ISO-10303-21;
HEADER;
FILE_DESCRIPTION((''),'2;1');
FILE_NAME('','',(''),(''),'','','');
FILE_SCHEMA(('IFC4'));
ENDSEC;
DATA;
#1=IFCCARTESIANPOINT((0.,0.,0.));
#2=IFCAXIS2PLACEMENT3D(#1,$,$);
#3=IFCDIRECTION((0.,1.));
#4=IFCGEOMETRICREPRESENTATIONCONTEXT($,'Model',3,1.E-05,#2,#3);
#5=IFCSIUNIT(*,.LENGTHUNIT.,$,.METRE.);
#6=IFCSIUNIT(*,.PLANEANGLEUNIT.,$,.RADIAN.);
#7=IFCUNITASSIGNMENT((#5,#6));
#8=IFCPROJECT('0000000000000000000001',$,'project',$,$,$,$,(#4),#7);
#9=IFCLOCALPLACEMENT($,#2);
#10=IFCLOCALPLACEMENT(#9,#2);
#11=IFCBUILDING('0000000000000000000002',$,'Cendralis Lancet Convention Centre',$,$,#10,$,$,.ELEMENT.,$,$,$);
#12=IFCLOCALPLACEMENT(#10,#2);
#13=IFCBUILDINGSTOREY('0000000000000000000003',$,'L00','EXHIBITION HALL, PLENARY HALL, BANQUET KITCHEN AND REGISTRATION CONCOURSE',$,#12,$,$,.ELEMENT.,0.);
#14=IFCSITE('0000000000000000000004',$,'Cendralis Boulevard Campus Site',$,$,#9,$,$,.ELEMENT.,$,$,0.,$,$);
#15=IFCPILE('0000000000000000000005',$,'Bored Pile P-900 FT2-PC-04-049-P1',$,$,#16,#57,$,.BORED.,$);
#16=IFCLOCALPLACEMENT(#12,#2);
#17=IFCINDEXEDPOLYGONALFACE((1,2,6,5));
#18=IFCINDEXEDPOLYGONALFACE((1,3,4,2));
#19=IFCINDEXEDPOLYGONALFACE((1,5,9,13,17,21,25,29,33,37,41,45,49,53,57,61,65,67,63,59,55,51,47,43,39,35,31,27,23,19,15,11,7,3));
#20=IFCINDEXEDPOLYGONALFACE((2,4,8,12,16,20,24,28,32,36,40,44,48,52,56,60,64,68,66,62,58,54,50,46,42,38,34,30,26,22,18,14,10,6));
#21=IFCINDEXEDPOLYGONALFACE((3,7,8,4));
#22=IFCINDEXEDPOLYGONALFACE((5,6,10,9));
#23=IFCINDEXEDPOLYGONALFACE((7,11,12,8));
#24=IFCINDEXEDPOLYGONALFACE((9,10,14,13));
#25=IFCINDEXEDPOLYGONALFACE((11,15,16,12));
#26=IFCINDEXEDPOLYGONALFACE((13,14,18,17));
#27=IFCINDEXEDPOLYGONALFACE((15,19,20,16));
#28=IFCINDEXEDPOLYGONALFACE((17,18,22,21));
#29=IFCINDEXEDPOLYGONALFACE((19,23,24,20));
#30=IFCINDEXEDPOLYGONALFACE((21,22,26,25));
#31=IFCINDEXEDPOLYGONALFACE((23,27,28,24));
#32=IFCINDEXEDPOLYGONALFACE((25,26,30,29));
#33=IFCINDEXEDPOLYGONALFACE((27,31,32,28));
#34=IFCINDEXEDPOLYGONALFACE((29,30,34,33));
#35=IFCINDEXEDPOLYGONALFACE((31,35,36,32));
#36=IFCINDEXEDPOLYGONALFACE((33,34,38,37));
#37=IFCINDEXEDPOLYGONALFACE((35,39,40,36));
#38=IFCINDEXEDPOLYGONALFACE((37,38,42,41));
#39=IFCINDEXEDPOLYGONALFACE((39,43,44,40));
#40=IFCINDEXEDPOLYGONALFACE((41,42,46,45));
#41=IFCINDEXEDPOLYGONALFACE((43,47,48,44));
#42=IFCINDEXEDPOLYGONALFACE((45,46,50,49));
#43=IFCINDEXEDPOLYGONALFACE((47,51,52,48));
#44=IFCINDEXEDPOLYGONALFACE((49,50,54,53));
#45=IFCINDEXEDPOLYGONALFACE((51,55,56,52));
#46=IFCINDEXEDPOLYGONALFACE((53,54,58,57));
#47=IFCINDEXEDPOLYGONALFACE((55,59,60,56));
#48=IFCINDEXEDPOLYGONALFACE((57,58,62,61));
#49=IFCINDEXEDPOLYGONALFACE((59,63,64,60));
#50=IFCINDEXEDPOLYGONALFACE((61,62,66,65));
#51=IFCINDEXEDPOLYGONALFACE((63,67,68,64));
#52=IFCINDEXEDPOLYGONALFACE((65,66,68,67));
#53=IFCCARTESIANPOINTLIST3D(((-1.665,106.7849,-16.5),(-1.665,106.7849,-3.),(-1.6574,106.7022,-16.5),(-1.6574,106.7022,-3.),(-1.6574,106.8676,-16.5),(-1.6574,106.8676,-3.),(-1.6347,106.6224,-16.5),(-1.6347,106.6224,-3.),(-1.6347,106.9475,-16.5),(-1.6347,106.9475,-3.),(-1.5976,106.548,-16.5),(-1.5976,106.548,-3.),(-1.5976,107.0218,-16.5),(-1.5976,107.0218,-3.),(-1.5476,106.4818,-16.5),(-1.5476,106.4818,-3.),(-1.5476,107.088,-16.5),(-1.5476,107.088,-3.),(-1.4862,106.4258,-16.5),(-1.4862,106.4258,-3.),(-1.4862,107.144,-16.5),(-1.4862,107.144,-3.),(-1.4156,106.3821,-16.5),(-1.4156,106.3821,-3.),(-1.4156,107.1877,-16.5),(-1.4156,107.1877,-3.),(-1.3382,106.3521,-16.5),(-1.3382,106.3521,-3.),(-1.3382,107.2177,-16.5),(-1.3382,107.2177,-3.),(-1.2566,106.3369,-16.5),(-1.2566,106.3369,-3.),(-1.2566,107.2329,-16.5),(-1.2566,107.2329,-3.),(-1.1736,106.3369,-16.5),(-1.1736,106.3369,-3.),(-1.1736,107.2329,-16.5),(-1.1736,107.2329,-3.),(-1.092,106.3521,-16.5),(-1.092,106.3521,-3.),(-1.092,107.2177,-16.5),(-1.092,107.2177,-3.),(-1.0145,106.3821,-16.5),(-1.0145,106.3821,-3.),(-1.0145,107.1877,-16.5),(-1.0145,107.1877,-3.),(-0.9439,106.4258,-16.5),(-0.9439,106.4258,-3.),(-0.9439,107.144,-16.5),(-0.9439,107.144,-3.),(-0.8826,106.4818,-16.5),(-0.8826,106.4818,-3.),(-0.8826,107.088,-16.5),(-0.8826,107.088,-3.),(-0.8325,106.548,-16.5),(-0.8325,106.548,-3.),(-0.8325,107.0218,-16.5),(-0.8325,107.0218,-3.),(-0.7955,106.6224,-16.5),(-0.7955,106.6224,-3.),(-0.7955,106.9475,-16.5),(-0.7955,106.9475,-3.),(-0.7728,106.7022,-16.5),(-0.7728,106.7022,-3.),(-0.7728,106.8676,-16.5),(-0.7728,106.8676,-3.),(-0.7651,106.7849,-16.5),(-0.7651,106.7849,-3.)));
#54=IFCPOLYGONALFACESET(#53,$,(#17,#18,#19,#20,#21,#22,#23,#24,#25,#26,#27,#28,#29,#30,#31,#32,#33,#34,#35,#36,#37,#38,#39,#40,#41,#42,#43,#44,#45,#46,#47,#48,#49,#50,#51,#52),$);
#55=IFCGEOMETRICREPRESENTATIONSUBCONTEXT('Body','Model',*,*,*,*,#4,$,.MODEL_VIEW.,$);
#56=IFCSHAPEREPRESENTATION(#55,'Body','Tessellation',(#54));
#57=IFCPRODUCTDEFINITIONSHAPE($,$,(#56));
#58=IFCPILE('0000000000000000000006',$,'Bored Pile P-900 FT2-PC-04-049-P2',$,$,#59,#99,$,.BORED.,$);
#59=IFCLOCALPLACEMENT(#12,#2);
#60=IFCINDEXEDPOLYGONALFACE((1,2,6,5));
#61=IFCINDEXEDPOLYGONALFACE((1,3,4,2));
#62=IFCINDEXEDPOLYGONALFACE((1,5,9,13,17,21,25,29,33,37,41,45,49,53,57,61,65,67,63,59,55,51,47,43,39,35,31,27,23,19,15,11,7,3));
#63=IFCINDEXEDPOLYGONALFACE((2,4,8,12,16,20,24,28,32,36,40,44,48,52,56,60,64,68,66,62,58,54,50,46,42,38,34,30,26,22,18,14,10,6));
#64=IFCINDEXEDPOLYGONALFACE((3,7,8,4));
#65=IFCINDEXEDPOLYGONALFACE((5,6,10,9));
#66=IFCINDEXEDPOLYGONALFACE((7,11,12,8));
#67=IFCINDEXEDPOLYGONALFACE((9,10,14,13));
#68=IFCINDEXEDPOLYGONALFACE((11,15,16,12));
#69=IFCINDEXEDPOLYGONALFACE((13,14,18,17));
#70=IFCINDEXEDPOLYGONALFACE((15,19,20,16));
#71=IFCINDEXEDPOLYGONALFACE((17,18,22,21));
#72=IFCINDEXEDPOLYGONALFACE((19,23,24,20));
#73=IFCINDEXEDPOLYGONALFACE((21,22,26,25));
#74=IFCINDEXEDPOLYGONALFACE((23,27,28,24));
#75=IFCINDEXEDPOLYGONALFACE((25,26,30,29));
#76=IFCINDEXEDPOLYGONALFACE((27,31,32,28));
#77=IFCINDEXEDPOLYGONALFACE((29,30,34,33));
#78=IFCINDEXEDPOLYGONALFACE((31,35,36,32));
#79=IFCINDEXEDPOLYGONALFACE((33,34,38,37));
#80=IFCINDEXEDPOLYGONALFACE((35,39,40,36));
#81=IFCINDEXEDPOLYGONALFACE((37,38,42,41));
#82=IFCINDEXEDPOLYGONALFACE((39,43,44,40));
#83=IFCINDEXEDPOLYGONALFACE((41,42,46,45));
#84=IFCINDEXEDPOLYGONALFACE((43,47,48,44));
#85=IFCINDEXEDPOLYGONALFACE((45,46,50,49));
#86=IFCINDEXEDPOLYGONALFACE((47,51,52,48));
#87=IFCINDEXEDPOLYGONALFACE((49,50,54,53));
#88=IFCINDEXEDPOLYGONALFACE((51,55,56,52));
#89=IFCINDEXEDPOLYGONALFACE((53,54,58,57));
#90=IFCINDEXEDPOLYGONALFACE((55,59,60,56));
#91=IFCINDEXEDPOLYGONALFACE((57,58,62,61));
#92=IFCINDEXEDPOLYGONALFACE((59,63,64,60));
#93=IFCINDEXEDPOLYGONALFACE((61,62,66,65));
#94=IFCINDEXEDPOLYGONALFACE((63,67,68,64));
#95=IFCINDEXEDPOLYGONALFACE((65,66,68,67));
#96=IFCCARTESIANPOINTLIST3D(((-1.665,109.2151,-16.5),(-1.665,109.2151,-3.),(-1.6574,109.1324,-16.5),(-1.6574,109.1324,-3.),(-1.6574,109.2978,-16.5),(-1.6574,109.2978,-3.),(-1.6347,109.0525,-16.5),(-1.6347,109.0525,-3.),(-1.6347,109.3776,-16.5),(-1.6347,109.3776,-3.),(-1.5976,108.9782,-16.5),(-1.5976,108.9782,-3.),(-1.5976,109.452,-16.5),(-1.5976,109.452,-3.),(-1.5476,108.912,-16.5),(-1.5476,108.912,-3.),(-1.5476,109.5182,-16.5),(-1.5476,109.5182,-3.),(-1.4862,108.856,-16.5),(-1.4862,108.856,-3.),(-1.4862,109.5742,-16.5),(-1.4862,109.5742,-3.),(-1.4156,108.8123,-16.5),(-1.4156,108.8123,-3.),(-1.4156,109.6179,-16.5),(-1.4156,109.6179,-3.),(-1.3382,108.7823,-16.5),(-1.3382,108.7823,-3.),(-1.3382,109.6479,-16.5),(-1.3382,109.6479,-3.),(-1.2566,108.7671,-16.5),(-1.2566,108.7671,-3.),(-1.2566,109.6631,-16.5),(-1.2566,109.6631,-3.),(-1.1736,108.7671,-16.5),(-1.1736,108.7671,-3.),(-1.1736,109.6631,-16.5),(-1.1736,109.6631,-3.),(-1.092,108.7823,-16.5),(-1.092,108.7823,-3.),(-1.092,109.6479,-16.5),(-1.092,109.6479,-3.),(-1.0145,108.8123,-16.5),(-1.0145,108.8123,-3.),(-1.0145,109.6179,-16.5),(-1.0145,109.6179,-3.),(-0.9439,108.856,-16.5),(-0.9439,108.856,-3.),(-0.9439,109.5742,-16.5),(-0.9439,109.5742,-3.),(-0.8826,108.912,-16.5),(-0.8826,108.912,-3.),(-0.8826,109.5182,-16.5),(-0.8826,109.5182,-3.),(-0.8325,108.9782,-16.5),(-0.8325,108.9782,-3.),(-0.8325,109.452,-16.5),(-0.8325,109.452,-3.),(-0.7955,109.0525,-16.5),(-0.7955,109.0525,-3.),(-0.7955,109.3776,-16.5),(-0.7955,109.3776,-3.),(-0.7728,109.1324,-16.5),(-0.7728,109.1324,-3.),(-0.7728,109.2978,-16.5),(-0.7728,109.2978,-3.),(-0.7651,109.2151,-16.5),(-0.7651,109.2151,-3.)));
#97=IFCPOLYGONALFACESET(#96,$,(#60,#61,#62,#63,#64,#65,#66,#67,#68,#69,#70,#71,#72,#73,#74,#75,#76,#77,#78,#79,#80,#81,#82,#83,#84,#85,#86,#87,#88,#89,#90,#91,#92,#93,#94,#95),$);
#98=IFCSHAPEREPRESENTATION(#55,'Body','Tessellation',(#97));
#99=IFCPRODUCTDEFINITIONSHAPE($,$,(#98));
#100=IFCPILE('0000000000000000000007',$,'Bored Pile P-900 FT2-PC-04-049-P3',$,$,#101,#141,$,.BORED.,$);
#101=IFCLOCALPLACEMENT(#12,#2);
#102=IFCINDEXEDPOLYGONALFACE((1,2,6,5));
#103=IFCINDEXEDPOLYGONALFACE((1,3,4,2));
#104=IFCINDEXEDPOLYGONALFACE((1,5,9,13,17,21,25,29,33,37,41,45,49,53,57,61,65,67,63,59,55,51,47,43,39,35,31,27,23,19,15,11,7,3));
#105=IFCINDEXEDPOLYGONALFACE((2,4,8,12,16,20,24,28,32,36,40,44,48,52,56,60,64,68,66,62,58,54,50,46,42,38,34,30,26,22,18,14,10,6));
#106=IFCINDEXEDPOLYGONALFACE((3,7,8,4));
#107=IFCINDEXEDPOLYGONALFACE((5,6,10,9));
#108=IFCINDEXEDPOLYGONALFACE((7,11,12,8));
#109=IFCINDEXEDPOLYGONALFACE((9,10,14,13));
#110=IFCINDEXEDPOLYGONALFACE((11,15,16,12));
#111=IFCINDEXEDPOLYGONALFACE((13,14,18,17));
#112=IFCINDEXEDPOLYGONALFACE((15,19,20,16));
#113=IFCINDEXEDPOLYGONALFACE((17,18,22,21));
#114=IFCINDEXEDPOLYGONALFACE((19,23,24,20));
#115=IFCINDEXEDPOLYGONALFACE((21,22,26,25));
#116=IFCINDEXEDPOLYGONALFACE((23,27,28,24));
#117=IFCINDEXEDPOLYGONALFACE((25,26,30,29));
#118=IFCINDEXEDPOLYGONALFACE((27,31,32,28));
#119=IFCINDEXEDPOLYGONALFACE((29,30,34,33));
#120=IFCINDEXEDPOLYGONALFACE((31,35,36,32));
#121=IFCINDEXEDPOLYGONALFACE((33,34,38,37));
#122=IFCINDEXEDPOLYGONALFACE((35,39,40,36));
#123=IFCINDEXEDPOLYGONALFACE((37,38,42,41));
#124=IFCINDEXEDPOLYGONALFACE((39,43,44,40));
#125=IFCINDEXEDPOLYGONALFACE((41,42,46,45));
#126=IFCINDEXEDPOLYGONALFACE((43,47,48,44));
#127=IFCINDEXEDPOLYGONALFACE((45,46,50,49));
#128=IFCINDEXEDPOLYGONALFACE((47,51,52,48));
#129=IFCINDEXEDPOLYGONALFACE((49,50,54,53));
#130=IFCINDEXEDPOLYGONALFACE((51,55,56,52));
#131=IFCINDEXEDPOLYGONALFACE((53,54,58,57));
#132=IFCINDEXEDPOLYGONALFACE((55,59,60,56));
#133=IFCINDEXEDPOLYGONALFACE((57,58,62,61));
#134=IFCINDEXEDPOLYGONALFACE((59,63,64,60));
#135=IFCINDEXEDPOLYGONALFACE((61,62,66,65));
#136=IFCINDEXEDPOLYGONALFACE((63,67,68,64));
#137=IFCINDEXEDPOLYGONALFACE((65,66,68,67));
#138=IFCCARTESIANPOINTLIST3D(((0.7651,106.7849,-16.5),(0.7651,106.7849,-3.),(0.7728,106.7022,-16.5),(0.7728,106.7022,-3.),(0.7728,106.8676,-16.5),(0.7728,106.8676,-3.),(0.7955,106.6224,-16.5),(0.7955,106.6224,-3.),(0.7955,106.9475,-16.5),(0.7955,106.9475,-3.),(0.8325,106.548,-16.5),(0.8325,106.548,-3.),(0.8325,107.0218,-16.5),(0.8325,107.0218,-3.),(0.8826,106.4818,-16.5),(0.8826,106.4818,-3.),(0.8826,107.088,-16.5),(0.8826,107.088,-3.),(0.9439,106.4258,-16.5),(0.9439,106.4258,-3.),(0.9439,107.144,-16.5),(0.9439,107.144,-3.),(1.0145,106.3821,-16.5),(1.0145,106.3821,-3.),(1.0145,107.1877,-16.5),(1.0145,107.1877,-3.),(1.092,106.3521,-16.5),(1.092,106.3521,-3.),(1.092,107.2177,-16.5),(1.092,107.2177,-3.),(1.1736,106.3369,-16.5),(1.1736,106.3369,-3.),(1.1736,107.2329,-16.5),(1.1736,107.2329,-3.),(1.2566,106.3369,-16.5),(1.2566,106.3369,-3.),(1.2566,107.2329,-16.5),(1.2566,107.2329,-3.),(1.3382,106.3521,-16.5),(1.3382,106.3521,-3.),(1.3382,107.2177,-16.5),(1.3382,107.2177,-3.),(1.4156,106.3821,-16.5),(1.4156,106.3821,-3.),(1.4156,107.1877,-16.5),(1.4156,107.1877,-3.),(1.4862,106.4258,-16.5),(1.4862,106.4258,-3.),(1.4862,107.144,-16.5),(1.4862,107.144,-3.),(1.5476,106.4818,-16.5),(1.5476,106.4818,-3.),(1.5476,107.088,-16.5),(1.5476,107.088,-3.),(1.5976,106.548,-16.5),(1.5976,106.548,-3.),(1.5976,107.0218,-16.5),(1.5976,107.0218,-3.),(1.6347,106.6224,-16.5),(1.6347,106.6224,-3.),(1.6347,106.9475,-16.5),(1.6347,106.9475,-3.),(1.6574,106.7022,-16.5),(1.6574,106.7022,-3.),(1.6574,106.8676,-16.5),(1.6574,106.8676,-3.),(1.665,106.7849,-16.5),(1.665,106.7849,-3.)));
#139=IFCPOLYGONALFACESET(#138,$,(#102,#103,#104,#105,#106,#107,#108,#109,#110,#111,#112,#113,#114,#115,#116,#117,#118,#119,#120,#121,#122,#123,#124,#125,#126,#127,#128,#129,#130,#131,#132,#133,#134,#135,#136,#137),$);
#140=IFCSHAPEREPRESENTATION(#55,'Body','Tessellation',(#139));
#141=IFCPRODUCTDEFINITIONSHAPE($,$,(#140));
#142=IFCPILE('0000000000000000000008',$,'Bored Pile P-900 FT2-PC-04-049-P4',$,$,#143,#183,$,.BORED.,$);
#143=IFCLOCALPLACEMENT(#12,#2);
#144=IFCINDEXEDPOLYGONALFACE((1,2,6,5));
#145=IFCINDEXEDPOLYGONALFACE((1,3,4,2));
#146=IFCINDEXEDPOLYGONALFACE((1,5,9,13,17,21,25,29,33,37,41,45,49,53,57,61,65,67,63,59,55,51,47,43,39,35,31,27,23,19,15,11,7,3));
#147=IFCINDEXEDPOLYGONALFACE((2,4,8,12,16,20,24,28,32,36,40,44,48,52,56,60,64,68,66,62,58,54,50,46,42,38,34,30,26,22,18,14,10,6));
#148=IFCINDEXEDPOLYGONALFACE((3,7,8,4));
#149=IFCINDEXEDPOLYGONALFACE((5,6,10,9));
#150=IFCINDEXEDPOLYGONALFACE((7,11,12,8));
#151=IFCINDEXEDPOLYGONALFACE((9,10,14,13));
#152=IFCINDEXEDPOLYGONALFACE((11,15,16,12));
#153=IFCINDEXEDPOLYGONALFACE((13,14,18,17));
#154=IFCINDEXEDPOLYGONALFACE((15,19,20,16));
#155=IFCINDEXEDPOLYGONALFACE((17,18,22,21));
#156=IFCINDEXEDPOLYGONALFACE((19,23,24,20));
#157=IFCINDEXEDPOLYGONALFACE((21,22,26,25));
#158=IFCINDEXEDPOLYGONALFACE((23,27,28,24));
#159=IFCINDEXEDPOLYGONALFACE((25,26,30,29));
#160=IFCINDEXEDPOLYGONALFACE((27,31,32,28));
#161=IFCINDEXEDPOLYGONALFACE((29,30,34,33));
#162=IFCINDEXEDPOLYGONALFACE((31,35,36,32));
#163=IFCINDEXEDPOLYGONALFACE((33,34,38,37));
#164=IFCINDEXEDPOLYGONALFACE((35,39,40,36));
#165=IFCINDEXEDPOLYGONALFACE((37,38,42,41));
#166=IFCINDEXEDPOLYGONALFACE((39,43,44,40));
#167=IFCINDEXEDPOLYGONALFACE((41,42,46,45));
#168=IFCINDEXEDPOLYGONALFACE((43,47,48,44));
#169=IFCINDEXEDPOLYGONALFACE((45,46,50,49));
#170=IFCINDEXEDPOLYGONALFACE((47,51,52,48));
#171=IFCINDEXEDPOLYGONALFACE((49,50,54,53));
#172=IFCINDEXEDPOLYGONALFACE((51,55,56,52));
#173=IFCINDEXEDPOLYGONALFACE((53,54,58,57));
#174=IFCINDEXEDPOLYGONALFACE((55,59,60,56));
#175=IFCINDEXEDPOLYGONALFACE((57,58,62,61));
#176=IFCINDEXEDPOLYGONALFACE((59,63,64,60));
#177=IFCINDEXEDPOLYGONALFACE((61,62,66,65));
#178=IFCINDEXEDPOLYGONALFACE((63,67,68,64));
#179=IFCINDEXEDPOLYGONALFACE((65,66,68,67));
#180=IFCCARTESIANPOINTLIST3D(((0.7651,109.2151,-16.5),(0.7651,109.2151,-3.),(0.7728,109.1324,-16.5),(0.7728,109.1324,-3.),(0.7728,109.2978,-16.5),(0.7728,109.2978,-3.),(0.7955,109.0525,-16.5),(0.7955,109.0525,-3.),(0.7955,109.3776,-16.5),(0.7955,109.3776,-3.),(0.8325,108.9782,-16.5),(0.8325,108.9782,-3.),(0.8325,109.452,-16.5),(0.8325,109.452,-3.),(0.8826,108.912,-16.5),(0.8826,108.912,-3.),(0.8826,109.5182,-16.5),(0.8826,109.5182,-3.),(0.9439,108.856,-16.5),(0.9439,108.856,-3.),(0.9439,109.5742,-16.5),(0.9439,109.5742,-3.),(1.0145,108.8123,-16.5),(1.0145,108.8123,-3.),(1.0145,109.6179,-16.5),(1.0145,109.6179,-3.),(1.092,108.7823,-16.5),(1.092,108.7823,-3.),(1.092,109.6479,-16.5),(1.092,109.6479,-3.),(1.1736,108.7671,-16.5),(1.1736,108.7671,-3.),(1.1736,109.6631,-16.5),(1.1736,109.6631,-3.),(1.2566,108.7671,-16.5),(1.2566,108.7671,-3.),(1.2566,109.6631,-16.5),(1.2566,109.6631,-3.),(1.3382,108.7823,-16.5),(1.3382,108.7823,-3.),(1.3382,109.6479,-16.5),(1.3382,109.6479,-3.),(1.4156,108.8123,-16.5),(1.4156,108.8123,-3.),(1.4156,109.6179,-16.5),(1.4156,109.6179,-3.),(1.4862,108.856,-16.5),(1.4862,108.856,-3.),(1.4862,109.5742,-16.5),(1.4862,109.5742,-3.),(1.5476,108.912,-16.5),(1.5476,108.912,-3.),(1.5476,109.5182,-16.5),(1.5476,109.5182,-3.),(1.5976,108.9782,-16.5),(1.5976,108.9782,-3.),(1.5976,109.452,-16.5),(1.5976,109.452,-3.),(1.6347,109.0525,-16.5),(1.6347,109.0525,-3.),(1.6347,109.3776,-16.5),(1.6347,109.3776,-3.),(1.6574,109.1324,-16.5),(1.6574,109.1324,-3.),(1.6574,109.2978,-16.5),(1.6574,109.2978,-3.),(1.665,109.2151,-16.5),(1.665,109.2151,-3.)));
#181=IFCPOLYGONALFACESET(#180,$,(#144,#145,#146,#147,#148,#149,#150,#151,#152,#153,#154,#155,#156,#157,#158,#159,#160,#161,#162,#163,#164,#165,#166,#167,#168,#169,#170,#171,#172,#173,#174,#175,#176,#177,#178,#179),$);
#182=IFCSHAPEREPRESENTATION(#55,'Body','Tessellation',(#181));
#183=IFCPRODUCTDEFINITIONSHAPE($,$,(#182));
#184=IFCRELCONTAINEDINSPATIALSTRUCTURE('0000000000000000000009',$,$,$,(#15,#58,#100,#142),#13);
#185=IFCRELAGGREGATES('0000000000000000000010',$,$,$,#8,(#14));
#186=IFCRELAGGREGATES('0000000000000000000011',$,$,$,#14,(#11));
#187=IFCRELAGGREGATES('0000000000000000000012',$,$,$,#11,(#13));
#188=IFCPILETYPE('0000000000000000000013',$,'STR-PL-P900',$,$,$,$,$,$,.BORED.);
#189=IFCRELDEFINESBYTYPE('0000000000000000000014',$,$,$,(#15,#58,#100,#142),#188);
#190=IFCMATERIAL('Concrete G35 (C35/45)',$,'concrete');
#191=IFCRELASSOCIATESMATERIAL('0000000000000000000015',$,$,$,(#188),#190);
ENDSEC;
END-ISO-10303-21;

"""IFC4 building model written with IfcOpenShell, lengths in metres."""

from ifc_helpers import new_model, si_unit, direction, frame, origin, origin_2d, place, context, subcontext, project, spatial, circle, extrude, material, material_profile, profile_set, type_object, element, save


model = new_model("IFC4")

# Units and contexts
model_context = context("Model", 3, precision=1e-05, world=origin(), true_north=direction((0.0, 1.0)))
body_context = subcontext(model_context, "Body", "Model", "MODEL_VIEW")
ifc_project = project(units=[si_unit("LENGTHUNIT", "METRE"), si_unit("PLANEANGLEUNIT", "RADIAN")], contexts=[model_context])

# Site, building, storey
site_placement = place(None, origin())
site = spatial("IfcSite", under=ifc_project, at=site_placement, Name="Cendralis Boulevard Campus Site", CompositionType="ELEMENT", RefElevation=0.0)
building_placement = place(site_placement, origin())
building = spatial("IfcBuilding", under=site, at=building_placement, Name="Cendralis Lancet Convention Centre", CompositionType="ELEMENT")
storey_placement = place(building_placement, origin())
storey = spatial("IfcBuildingStorey", under=building, at=storey_placement, Name="L00", Description="EXHIBITION HALL, PLENARY HALL, BANQUET KITCHEN AND REGISTRATION CONCOURSE", CompositionType="ELEMENT", Elevation=0.0)

# Shared definitions
ifc_material_1 = material(Name="Concrete G35 (C35/45)", Category="concrete")

# Piles
ifc_material_profile_1 = material_profile(ifc_material_1, circle(Radius=0.45, at=origin_2d()), Name="BORED PILE D900")
ifc_profile_set_1 = profile_set([ifc_material_profile_1], Name="Concrete G35 (C35/45)")
pile_type = type_object("IfcPileType", Name="STR-PL-P900", PredefinedType="BORED", material=ifc_profile_set_1)
for number, where, z_axis, x_axis, name in (
    (1, (-1.2151, 106.7849, -3.0), (0.0, 0.0, -1.0), (1.0, 0.0, 0.0), "Bored Pile P-900 FT2-PC-04-049-P1"),
    (2, (-1.2151, 109.2151, -3.0), (0.0, 0.0, -1.0), (1.0, 0.0, 0.0), "Bored Pile P-900 FT2-PC-04-049-P2"),
    (3, (1.2151, 106.7849, -3.0), (0.0, 0.0, -1.0), (1.0, 0.0, 0.0), "Bored Pile P-900 FT2-PC-04-049-P3"),
    (4, (1.2151, 109.2151, -3.0), (0.0, 0.0, -1.0), (1.0, 0.0, 0.0), "Bored Pile P-900 FT2-PC-04-049-P4"),
):
    element("IfcPile", number, at=place(storey_placement, frame(where, z_axis=z_axis, x_axis=x_axis)), inside=storey, type_object=pile_type, Name=name, PredefinedType="BORED", context=body_context, shape_type="SweptSolid", body=[
        extrude(circle(Radius=0.45, at=origin_2d()), origin(), (0.0, 0.0, 1.0), 13.5),
    ])

save(model, "model.ifc")
